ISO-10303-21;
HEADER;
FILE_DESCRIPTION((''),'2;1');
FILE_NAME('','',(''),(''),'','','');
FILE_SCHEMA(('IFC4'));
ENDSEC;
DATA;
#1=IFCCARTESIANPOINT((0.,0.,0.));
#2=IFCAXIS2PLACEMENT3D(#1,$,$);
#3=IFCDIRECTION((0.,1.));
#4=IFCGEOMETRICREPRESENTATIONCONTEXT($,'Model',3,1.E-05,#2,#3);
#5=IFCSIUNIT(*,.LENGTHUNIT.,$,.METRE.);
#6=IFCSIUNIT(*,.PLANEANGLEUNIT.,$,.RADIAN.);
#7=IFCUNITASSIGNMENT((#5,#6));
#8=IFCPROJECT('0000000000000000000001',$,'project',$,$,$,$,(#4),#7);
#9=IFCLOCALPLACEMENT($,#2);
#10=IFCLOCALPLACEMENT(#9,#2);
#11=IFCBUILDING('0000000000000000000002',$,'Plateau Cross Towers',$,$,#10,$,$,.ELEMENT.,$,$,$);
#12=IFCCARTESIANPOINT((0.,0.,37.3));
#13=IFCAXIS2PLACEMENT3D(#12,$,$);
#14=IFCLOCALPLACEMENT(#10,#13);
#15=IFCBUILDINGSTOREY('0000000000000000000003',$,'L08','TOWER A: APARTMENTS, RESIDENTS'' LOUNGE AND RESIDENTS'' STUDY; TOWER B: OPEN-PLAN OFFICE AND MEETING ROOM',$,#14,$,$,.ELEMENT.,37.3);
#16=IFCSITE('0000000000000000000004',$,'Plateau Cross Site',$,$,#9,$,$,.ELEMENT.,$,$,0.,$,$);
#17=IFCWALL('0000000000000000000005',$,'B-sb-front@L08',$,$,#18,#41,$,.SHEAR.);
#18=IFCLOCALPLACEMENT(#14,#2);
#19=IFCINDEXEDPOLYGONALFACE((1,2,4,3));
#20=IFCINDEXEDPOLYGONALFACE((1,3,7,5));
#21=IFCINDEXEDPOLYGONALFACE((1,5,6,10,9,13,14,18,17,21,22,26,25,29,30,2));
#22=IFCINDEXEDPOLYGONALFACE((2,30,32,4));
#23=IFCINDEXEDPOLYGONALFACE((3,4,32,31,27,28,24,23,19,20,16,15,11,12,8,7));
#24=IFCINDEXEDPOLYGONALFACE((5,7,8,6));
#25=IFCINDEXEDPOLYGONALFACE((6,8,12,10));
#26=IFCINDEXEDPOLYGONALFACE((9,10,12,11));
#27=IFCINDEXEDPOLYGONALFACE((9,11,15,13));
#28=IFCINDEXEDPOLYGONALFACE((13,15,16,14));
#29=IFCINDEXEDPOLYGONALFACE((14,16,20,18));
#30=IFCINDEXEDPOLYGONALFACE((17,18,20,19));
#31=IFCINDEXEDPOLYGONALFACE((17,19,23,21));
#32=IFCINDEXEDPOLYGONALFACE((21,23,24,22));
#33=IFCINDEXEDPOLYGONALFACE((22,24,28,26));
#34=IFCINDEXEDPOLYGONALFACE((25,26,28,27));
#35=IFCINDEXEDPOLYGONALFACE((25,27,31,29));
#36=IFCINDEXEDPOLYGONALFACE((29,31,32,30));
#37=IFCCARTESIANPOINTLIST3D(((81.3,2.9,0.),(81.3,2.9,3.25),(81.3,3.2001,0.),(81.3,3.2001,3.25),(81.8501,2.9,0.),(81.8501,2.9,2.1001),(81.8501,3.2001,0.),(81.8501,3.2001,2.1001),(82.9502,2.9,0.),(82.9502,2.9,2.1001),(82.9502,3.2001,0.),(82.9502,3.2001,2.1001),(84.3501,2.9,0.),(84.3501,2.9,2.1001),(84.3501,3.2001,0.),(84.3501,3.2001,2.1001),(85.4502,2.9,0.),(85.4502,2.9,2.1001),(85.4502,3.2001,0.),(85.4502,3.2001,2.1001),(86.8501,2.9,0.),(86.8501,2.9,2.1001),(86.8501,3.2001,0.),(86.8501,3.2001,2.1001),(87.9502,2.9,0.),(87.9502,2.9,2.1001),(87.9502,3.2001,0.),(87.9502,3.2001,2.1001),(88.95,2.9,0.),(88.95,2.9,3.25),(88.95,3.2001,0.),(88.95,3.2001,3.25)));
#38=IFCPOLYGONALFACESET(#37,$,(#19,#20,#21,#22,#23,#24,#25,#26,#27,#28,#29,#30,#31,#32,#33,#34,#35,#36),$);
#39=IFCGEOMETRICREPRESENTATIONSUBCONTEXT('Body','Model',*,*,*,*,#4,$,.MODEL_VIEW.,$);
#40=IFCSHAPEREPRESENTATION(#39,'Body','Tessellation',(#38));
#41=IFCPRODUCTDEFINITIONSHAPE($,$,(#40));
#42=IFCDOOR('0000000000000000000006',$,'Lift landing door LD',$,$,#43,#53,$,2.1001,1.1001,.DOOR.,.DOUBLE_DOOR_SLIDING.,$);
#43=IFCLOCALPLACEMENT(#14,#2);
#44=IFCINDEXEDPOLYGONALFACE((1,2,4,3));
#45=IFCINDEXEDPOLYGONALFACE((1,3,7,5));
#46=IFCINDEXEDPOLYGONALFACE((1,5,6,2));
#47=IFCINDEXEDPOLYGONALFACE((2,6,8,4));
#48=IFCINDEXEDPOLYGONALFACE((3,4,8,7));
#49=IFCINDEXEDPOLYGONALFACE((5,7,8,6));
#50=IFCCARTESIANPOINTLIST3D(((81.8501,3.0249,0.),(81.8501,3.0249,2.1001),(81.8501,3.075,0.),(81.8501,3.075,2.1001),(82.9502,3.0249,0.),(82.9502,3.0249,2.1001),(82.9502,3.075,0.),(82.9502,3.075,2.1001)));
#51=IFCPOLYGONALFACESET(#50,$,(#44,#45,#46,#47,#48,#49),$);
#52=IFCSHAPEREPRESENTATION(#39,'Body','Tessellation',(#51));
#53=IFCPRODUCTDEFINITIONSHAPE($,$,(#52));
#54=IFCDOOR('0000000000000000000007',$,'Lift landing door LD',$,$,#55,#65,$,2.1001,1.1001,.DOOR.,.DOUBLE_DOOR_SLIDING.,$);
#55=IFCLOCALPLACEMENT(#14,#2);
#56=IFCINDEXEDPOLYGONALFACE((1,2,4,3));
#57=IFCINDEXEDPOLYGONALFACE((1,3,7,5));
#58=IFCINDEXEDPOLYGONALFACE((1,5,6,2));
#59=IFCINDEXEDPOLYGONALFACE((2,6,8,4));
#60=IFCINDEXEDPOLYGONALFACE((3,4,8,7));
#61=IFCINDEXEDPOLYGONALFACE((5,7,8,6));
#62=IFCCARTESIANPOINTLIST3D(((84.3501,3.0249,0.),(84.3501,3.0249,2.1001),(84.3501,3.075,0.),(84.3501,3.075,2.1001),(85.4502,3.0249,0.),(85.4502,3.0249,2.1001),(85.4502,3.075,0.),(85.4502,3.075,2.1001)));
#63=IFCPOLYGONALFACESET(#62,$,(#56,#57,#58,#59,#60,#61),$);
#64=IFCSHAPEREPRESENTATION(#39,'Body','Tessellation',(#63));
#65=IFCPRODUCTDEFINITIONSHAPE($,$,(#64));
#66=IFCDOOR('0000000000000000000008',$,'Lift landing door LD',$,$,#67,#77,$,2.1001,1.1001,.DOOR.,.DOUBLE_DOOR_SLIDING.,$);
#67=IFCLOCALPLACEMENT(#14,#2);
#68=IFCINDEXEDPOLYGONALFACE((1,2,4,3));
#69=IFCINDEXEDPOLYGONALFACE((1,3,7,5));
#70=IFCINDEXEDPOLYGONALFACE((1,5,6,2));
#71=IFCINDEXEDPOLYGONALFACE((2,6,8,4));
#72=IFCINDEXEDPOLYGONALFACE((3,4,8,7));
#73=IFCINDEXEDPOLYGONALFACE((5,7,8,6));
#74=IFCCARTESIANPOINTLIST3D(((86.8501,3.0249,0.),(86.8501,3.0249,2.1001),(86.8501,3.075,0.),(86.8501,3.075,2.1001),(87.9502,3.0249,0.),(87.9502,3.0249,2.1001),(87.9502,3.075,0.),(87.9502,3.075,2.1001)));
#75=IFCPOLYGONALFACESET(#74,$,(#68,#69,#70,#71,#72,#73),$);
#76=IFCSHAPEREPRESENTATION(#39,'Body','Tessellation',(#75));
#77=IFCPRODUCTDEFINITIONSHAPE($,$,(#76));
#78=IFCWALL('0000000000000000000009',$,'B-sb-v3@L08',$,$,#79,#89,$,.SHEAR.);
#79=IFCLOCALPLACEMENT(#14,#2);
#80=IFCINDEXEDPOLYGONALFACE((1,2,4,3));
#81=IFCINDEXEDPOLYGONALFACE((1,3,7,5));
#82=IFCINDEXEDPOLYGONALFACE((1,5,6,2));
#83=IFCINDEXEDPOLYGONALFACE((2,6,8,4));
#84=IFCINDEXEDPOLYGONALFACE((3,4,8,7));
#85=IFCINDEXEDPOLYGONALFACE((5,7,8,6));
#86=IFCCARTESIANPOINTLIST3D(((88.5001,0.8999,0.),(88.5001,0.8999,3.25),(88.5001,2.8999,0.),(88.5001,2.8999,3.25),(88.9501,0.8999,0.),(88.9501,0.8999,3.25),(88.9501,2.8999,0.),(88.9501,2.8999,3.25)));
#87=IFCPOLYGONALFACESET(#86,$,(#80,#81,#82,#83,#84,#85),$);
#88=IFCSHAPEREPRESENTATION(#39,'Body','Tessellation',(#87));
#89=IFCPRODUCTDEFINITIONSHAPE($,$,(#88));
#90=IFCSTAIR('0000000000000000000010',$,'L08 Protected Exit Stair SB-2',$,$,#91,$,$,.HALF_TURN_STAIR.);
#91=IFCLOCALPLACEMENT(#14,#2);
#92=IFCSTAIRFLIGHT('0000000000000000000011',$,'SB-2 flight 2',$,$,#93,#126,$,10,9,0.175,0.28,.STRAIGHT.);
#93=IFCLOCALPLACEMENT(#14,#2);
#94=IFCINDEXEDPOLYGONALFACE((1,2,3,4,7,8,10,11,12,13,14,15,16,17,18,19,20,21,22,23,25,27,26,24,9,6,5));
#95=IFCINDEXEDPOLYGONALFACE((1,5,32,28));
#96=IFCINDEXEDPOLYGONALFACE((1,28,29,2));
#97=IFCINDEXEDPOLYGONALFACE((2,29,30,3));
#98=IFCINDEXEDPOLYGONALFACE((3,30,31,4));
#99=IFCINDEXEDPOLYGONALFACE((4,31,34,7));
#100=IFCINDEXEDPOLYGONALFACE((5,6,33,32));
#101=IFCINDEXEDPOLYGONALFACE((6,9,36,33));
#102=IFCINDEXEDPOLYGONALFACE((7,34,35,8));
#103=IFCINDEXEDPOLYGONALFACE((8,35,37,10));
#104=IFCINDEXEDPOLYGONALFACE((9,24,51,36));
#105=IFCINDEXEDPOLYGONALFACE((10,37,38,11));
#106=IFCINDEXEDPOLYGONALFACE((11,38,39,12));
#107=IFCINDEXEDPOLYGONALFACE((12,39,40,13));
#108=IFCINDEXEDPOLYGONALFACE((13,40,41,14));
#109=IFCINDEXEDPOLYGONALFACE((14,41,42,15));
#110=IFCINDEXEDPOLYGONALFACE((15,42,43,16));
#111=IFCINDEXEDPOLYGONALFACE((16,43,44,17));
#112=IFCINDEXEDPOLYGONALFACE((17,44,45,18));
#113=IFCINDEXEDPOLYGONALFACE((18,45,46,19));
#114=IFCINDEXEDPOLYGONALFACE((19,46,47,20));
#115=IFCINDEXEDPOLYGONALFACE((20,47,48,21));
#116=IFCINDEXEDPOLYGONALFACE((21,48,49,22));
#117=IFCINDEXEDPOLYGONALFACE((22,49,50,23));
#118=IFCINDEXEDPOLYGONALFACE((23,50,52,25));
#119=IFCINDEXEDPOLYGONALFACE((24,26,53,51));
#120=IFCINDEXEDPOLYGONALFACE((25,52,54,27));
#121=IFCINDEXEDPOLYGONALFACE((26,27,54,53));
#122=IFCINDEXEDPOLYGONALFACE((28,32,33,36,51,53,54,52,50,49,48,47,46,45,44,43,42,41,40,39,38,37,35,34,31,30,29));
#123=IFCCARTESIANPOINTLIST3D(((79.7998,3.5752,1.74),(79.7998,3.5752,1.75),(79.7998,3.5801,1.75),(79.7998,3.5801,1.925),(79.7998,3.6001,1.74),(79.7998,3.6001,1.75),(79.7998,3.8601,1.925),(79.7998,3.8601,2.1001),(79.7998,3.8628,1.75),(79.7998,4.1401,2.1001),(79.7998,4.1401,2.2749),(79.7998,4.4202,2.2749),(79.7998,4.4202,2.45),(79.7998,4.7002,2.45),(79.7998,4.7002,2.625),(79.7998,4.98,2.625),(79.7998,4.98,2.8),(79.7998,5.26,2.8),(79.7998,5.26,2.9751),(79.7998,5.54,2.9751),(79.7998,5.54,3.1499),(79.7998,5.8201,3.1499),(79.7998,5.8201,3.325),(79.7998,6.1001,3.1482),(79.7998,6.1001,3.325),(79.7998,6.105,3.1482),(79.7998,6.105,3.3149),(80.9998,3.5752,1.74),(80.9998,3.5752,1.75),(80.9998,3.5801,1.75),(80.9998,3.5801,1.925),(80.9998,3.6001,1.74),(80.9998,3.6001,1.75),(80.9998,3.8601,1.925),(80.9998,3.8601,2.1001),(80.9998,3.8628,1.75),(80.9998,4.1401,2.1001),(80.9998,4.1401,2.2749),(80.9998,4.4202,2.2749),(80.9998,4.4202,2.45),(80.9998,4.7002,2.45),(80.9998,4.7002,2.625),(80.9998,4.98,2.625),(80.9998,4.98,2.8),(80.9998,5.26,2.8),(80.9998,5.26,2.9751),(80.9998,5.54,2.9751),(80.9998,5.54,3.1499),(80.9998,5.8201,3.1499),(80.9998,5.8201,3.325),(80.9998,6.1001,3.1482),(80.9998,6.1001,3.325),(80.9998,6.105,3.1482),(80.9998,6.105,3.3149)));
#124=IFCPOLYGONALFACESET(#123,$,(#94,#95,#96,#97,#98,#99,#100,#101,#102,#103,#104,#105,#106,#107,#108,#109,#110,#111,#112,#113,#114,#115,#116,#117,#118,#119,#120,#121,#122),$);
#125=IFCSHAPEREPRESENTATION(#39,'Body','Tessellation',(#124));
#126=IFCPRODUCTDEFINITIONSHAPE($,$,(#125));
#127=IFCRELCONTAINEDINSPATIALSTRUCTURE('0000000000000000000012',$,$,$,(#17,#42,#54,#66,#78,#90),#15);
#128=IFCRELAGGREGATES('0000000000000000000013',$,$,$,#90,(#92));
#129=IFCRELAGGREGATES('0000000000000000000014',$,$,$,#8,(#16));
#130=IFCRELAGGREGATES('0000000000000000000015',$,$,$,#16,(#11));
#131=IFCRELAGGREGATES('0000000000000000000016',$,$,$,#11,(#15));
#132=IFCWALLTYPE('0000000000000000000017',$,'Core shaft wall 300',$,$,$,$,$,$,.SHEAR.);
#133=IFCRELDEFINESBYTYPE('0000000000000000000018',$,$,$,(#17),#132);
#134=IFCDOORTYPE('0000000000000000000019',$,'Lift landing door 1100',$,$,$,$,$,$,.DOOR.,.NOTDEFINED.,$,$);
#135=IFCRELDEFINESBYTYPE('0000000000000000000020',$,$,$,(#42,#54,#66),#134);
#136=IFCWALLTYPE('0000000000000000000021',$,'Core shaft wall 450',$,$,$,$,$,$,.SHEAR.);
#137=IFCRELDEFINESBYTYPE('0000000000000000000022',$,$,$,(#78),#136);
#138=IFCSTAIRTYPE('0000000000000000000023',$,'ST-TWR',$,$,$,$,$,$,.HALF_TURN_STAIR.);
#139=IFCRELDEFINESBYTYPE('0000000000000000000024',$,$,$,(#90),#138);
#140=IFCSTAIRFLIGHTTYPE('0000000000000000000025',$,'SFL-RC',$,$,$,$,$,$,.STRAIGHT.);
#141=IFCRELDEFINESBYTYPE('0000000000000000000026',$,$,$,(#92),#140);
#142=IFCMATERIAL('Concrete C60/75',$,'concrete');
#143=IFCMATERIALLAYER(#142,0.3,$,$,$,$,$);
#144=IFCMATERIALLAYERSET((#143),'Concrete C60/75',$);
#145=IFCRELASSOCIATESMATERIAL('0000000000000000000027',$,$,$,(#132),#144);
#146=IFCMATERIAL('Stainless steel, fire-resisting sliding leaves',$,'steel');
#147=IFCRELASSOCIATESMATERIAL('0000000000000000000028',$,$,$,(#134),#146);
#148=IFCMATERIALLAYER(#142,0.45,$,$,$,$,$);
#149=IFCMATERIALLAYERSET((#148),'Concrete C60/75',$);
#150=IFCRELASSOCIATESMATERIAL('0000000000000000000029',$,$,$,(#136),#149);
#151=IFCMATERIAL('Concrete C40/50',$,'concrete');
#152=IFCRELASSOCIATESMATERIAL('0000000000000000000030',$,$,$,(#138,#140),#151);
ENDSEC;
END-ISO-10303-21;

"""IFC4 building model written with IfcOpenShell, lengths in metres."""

from ifc_helpers import new_model, si_unit, direction, frame, frame_2d, origin, place, context, subcontext, project, spatial, polyline, rectangle, outline, extrude, material, layer, layer_set, type_object, element, fill, aggregate, save


model = new_model("IFC4")

# Units and contexts
model_context = context("Model", 3, precision=1e-05, world=origin(), true_north=direction((0.0, 1.0)))
body_context = subcontext(model_context, "Body", "Model", "MODEL_VIEW")
ifc_project = project(units=[si_unit("LENGTHUNIT", "METRE"), si_unit("PLANEANGLEUNIT", "RADIAN")], contexts=[model_context])

# Site, building, storey
site_placement = place(None, origin())
site = spatial("IfcSite", under=ifc_project, at=site_placement, Name="Plateau Cross Site", CompositionType="ELEMENT", RefElevation=0.0)
building_placement = place(site_placement, origin())
building = spatial("IfcBuilding", under=site, at=building_placement, Name="Plateau Cross Towers", CompositionType="ELEMENT")
storey_placement = place(building_placement, frame((0.0, 0.0, 37.3)))
storey = spatial("IfcBuildingStorey", under=building, at=storey_placement, Name="L08", Description="TOWER A: APARTMENTS, RESIDENTS' LOUNGE AND RESIDENTS' STUDY; TOWER B: OPEN-PLAN OFFICE AND MEETING ROOM", CompositionType="ELEMENT", Elevation=37.3)

# Shared definitions
ifc_material_1 = material(Name="Concrete C60/75", Category="concrete")

# Shared definitions
ifc_layer_1 = layer(ifc_material_1, 0.3)
ifc_layer_set_1 = layer_set([ifc_layer_1], Name="Concrete C60/75")
wall_type_1 = type_object("IfcWallType", Name="Core shaft wall 300", PredefinedType="SHEAR", material=ifc_layer_set_1)

# Wall, openings, doors
wall_1_placement = place(storey_placement, frame((81.3, 3.05, 0.0), z_axis=(0.0, 0.0, 1.0), x_axis=(1.0, 0.0, 0.0)))
wall_1 = element("IfcWall", 1, at=wall_1_placement, inside=storey, type_object=wall_type_1, Name="B-sb-front@L08", PredefinedType="SHEAR", context=body_context, shape_type="SweptSolid", body=[
    extrude(rectangle(XDim=7.6499, YDim=0.3, at=frame_2d((3.825, 0.0))), origin(), (0.0, 0.0, 1.0), 3.25),
])
opening_1_placement = place(wall_1_placement, frame((0.55, 0.0, 0.0)))
opening_1 = element("IfcOpeningElement", 2, at=opening_1_placement, cuts=wall_1, PredefinedType="OPENING", context=body_context, shape_type="SweptSolid", body=[
    extrude(rectangle(XDim=1.1001, YDim=2.1001, at=frame_2d((0.55, 1.05))), frame((0.0, 0.1599, 0.0), z_axis=(0.0, -1.0, 0.0), x_axis=(1.0, 0.0, 0.0)), (0.0, 0.0, 1.0), 0.3201),
])
opening_2_placement = place(wall_1_placement, frame((3.05, 0.0, 0.0)))
opening_2 = element("IfcOpeningElement", 3, at=opening_2_placement, cuts=wall_1, PredefinedType="OPENING", context=body_context, shape_type="SweptSolid", body=[
    extrude(rectangle(XDim=1.1001, YDim=2.1001, at=frame_2d((0.55, 1.05))), frame((0.0, 0.1599, 0.0), z_axis=(0.0, -1.0, 0.0), x_axis=(1.0, 0.0, 0.0)), (0.0, 0.0, 1.0), 0.3201),
])
opening_3_placement = place(wall_1_placement, frame((5.55, 0.0, 0.0)))
opening_3 = element("IfcOpeningElement", 4, at=opening_3_placement, cuts=wall_1, PredefinedType="OPENING", context=body_context, shape_type="SweptSolid", body=[
    extrude(rectangle(XDim=1.1001, YDim=2.1001, at=frame_2d((0.55, 1.05))), frame((0.0, 0.1599, 0.0), z_axis=(0.0, -1.0, 0.0), x_axis=(1.0, 0.0, 0.0)), (0.0, 0.0, 1.0), 0.3201),
])
ifc_material_2 = material(Name="Stainless steel, fire-resisting sliding leaves", Category="steel")
door_type = type_object("IfcDoorType", Name="Lift landing door 1100", OperationType="NOTDEFINED", PredefinedType="DOOR", material=ifc_material_2)
door_1_placement = place(opening_1_placement, origin())
door_1 = element("IfcDoor", 5, at=door_1_placement, inside=storey, type_object=door_type, Name="Lift landing door LD", OperationType="DOUBLE_DOOR_SLIDING", OverallHeight=2.1001, OverallWidth=1.1001, PredefinedType="DOOR", context=body_context, shape_type="SweptSolid", body=[
    extrude(rectangle(XDim=1.1001, YDim=2.1001, at=frame_2d((0.55, 1.05))), frame((0.0, 0.0249, 0.0), z_axis=(0.0, -1.0, 0.0), x_axis=(1.0, 0.0, 0.0)), (0.0, 0.0, 1.0), 0.05),
])
fill(opening_1, door_1)
door_2_placement = place(opening_2_placement, origin())
door_2 = element("IfcDoor", 6, at=door_2_placement, inside=storey, type_object=door_type, Name="Lift landing door LD", OperationType="DOUBLE_DOOR_SLIDING", OverallHeight=2.1001, OverallWidth=1.1001, PredefinedType="DOOR", context=body_context, shape_type="SweptSolid", body=[
    extrude(rectangle(XDim=1.1001, YDim=2.1001, at=frame_2d((0.55, 1.05))), frame((0.0, 0.0249, 0.0), z_axis=(0.0, -1.0, 0.0), x_axis=(1.0, 0.0, 0.0)), (0.0, 0.0, 1.0), 0.05),
])
fill(opening_2, door_2)
door_3_placement = place(opening_3_placement, origin())
door_3 = element("IfcDoor", 7, at=door_3_placement, inside=storey, type_object=door_type, Name="Lift landing door LD", OperationType="DOUBLE_DOOR_SLIDING", OverallHeight=2.1001, OverallWidth=1.1001, PredefinedType="DOOR", context=body_context, shape_type="SweptSolid", body=[
    extrude(rectangle(XDim=1.1001, YDim=2.1001, at=frame_2d((0.55, 1.05))), frame((0.0, 0.0249, 0.0), z_axis=(0.0, -1.0, 0.0), x_axis=(1.0, 0.0, 0.0)), (0.0, 0.0, 1.0), 0.05),
])
fill(opening_3, door_3)

# Wall
ifc_layer_2 = layer(ifc_material_1, 0.45)
ifc_layer_set_2 = layer_set([ifc_layer_2], Name="Concrete C60/75")
wall_type_2 = type_object("IfcWallType", Name="Core shaft wall 450", PredefinedType="SHEAR", material=ifc_layer_set_2)
wall_2_placement = place(storey_placement, frame((88.7251, 0.8999, 0.0), z_axis=(0.0, 0.0, 1.0), x_axis=(0.0, 1.0, 0.0)))
element("IfcWall", 8, at=wall_2_placement, inside=storey, type_object=wall_type_2, Name="B-sb-v3@L08", PredefinedType="SHEAR", context=body_context, shape_type="SweptSolid", body=[
    extrude(rectangle(XDim=2.0, YDim=0.45, at=frame_2d((1.0, 0.0))), origin(), (0.0, 0.0, 1.0), 3.25),
])

# Stair, stair flight
ifc_material_3 = material(Name="Concrete C40/50", Category="concrete")
stair_type = type_object("IfcStairType", Name="ST-TWR", PredefinedType="HALF_TURN_STAIR", material=ifc_material_3)
stair_placement = place(storey_placement, origin())
stair = element("IfcStair", 9, at=stair_placement, inside=storey, type_object=stair_type, Name="L08 Protected Exit Stair SB-2", PredefinedType="HALF_TURN_STAIR")
stair_flight_type = type_object("IfcStairFlightType", Name="SFL-RC", PredefinedType="STRAIGHT", material=ifc_material_3)
stair_flight_placement = place(storey_placement, frame((80.3999, 3.5801, 1.75), z_axis=(0.0, 0.0, 1.0), x_axis=(0.0, 1.0, 0.0)))
stair_flight = element("IfcStairFlight", 10, at=stair_flight_placement, type_object=stair_flight_type, Name="SB-2 flight 2", NumberOfRisers=10, NumberOfTreads=9, PredefinedType="STRAIGHT", RiserHeight=0.175, TreadLength=0.28, context=body_context, shape_type="SweptSolid", body=[
    extrude(outline(polyline([(-0.0049, -0.01), (-0.0049, 0.0), (0.0, 0.0), (0.0, 0.175), (0.28, 0.175), (0.28, 0.3501), (0.5601, 0.3501), (0.5601, 0.5249), (0.8401, 0.5249), (0.8401, 0.7), (1.1201, 0.7), (1.1201, 0.875), (1.3999, 0.875), (1.3999, 1.05), (1.6799, 1.05), (1.6799, 1.2251), (1.96, 1.2251), (1.96, 1.3999), (2.24, 1.3999), (2.24, 1.575), (2.52, 1.575), (2.5249, 1.5649), (2.5249, 1.3982), (2.52, 1.3982), (0.2827, 0.0), (0.02, 0.0), (0.02, -0.01), (-0.0049, -0.01)])), frame((0.0, 0.6001, 0.0), z_axis=(0.0, -1.0, 0.0), x_axis=(1.0, 0.0, 0.0)), (0.0, 0.0, 1.0), 1.2),
])
aggregate(stair, [stair_flight])

save(model, "model.ifc")
